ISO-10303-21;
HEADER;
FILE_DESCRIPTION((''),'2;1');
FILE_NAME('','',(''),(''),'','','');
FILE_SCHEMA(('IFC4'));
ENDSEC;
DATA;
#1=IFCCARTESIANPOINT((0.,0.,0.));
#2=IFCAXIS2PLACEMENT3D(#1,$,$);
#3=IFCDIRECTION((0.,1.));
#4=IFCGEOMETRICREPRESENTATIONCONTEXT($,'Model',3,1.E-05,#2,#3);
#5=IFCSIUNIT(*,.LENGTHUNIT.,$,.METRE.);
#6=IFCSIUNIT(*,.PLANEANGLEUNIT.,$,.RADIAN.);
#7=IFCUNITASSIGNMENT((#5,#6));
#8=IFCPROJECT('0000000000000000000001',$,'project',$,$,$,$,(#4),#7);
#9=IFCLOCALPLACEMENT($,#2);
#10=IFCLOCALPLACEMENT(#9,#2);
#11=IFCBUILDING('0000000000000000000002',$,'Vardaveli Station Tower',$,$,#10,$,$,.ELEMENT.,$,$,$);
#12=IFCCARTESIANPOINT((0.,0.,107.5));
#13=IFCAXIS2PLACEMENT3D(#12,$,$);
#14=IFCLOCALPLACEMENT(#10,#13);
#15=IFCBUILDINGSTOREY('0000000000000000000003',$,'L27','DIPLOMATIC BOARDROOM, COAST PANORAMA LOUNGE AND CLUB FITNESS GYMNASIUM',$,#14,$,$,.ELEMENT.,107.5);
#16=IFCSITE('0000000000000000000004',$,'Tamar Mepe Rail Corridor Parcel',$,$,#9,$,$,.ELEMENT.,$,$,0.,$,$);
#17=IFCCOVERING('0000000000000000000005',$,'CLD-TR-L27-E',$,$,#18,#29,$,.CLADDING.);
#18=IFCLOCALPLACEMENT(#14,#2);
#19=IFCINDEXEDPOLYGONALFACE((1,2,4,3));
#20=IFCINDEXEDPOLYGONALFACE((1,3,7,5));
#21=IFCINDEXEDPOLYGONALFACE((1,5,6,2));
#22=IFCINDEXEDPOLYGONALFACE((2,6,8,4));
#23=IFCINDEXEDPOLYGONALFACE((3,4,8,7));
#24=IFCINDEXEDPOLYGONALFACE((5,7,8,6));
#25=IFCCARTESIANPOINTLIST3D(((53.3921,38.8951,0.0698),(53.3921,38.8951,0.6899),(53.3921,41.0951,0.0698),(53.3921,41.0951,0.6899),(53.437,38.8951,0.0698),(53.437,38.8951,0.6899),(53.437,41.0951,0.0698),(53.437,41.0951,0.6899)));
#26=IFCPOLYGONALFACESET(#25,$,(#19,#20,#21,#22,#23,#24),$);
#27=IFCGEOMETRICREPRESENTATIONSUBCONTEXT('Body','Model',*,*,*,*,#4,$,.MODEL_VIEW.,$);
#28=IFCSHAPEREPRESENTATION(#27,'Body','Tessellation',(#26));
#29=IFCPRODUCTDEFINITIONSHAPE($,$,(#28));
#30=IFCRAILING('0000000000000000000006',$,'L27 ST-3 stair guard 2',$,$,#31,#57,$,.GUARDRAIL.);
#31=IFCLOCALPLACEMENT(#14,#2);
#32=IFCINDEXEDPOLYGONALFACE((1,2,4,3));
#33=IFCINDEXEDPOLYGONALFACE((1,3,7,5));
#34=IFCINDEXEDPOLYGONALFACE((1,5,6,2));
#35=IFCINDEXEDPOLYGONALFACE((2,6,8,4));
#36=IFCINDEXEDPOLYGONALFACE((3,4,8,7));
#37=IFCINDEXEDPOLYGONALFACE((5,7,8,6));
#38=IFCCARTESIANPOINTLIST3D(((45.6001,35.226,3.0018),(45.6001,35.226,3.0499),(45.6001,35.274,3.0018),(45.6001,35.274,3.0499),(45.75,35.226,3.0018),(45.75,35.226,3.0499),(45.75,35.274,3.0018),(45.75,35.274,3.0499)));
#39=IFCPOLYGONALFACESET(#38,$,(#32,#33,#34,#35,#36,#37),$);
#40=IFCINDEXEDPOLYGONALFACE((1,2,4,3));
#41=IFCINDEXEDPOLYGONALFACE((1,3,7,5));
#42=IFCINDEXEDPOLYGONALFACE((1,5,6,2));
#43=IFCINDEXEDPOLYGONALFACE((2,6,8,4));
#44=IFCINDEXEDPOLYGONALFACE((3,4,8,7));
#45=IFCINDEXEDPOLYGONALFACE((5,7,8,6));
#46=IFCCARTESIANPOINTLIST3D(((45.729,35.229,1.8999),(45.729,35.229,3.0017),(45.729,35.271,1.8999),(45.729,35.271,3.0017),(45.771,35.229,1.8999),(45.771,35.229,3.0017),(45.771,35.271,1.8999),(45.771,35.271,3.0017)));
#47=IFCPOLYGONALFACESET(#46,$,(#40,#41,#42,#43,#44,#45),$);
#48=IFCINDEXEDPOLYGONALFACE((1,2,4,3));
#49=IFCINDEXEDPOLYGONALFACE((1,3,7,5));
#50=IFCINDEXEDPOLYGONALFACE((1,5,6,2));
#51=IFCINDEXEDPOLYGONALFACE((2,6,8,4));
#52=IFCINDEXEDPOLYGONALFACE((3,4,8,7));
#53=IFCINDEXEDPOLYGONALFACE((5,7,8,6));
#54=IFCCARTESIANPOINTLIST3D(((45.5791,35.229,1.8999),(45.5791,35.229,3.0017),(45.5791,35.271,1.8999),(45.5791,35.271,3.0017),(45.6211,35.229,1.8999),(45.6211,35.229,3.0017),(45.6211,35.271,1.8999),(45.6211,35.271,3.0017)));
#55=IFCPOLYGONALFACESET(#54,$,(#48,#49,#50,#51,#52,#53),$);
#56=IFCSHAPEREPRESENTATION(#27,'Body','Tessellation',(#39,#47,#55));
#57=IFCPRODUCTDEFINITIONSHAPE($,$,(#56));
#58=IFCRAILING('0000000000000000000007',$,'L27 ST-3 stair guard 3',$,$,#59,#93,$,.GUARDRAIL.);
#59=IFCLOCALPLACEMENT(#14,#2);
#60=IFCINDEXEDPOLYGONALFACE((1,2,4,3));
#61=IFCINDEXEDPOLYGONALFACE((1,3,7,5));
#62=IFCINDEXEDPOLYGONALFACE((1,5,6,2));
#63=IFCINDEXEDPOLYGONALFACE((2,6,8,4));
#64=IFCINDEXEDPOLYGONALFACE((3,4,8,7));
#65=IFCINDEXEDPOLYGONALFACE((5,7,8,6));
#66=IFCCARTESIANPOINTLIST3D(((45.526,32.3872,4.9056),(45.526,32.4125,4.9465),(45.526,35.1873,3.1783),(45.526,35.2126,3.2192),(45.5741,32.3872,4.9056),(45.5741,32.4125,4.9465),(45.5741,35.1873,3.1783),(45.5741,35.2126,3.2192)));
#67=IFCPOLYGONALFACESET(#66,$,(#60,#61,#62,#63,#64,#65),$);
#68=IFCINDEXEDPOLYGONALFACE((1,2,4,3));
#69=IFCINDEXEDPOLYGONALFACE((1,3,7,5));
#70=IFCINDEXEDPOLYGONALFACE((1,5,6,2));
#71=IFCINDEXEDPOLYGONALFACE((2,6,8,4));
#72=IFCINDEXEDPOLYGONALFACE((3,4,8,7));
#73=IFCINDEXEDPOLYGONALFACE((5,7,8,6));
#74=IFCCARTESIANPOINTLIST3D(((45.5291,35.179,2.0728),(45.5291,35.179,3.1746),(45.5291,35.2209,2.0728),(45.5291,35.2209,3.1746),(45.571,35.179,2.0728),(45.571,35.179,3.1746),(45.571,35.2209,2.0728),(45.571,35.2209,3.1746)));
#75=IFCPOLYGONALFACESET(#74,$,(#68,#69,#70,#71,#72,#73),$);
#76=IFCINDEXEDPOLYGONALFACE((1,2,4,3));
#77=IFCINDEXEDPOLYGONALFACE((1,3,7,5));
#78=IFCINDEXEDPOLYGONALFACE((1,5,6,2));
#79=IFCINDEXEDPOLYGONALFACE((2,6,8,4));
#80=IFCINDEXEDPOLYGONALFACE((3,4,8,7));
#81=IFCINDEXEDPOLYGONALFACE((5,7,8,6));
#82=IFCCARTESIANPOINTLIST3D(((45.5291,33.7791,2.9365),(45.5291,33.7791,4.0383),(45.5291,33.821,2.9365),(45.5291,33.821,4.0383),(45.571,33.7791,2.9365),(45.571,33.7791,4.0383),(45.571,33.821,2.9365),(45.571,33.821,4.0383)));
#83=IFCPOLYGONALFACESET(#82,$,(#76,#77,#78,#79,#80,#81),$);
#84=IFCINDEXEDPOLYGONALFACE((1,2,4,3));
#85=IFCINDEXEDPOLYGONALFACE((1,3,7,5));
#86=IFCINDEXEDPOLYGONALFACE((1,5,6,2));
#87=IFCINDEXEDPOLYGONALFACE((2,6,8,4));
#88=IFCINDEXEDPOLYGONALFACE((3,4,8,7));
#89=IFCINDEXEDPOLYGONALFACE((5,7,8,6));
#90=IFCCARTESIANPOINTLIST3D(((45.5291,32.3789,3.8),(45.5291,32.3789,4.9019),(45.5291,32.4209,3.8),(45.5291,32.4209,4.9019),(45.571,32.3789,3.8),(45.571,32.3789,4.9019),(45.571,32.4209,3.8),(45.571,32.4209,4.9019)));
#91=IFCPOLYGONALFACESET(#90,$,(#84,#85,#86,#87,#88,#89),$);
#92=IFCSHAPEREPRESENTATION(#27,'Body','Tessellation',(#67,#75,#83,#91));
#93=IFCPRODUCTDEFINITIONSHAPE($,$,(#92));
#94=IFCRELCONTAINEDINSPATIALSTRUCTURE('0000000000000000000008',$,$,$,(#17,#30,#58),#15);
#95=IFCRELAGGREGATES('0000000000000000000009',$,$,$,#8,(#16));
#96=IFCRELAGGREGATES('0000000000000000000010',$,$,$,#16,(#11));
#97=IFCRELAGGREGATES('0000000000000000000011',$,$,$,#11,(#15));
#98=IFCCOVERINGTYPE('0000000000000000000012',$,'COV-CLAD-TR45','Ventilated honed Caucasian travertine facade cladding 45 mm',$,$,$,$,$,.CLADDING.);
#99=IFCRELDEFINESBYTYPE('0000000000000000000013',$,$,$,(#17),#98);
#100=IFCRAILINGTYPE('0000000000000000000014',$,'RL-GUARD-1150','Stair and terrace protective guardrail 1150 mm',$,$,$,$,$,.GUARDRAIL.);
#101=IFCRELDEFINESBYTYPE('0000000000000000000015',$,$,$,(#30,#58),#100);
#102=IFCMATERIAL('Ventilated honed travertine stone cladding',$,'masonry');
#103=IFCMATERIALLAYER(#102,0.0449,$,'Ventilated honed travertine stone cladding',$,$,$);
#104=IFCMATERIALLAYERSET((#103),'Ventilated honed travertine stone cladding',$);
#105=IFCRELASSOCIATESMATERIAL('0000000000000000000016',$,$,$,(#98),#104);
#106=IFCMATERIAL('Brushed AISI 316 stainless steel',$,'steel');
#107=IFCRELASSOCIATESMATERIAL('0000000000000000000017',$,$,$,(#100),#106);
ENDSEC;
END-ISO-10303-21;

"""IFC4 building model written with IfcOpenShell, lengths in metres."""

from ifc_helpers import new_model, si_unit, direction, frame, origin, origin_2d, place, context, subcontext, project, spatial, rectangle, extrude, source, transform, mapped, material, layer, layer_set, type_object, element, save


model = new_model("IFC4")

# Units and contexts
model_context = context("Model", 3, precision=1e-05, world=origin(), true_north=direction((0.0, 1.0)))
body_context = subcontext(model_context, "Body", "Model", "MODEL_VIEW")
ifc_project = project(units=[si_unit("LENGTHUNIT", "METRE"), si_unit("PLANEANGLEUNIT", "RADIAN")], contexts=[model_context])

# Site, building, storey
site_placement = place(None, origin())
site = spatial("IfcSite", under=ifc_project, at=site_placement, Name="Tamar Mepe Rail Corridor Parcel", CompositionType="ELEMENT", RefElevation=0.0)
building_placement = place(site_placement, origin())
building = spatial("IfcBuilding", under=site, at=building_placement, Name="Vardaveli Station Tower", CompositionType="ELEMENT")
storey_placement = place(building_placement, frame((0.0, 0.0, 107.5)))
storey = spatial("IfcBuildingStorey", under=building, at=storey_placement, Name="L27", Description="DIPLOMATIC BOARDROOM, COAST PANORAMA LOUNGE AND CLUB FITNESS GYMNASIUM", CompositionType="ELEMENT", Elevation=107.5)

# Covering
ifc_material_1 = material(Name="Ventilated honed travertine stone cladding", Category="masonry")
ifc_layer_1 = layer(ifc_material_1, 0.0449, Name="Ventilated honed travertine stone cladding")
ifc_layer_set_1 = layer_set([ifc_layer_1], Name="Ventilated honed travertine stone cladding")
covering_type = type_object("IfcCoveringType", Name="COV-CLAD-TR45", Description="Ventilated honed Caucasian travertine facade cladding 45 mm", PredefinedType="CLADDING", material=ifc_layer_set_1)
shared_shape_1 = source(origin(), body_context, "Body", "SweptSolid", [
    extrude(rectangle(XDim=2.2, YDim=0.0449, at=origin_2d()), origin(), (0.0, 0.0, 1.0), 0.6201),
])
covering_placement = place(storey_placement, frame((53.4146, 39.9951, 0.0698), z_axis=(0.0, 0.0, 1.0), x_axis=(0.0, 1.0, 0.0)))
element("IfcCovering", 1, at=covering_placement, inside=storey, type_object=covering_type, Name="CLD-TR-L27-E", PredefinedType="CLADDING", context=body_context, shape_type="MappedRepresentation", body=[
    mapped(shared_shape_1, transform((0.0, 0.0, 0.0), scale=1.0)),
])

# Railings
ifc_material_2 = material(Name="Brushed AISI 316 stainless steel", Category="steel")
railing_type = type_object("IfcRailingType", Name="RL-GUARD-1150", Description="Stair and terrace protective guardrail 1150 mm", PredefinedType="GUARDRAIL", material=ifc_material_2)
shared_shape_2 = source(origin(), body_context, "Body", "SweptSolid", [
    extrude(rectangle(XDim=0.0481, YDim=0.0481, at=origin_2d()), frame((0.0, 0.0, 1.126), z_axis=(-1.0, 0.0, 0.0), x_axis=(0.0, -1.0, 0.0)), (0.0, 0.0, 1.0), 0.1499),
    extrude(rectangle(XDim=0.042, YDim=0.042, at=origin_2d()), origin(), (0.0, 0.0, 1.0), 1.1018),
    extrude(rectangle(XDim=0.042, YDim=0.042, at=origin_2d()), frame((-0.1499, 0.0, 0.0)), (0.0, 0.0, 1.0), 1.1018),
])
railing_1_placement = place(storey_placement, frame((45.75, 35.25, 1.8999)))
element("IfcRailing", 2, at=railing_1_placement, inside=storey, type_object=railing_type, Name="L27 ST-3 stair guard 2", PredefinedType="GUARDRAIL", context=body_context, shape_type="MappedRepresentation", body=[
    mapped(shared_shape_2, transform((0.0, 0.0, 0.0), scale=1.0)),
])
shared_shape_3 = source(origin(), body_context, "Body", "SweptSolid", [
    extrude(rectangle(XDim=0.0481, YDim=0.0481, at=origin_2d()), frame((0.0, 0.0, 1.126), z_axis=(0.0, -0.85109, 0.52502), x_axis=(1.0, 0.0, 0.0)), (0.0, 0.0, 1.0), 3.29),
    extrude(rectangle(XDim=0.042, YDim=0.042, at=origin_2d()), origin(), (0.0, 0.0, 1.0), 1.1018),
    extrude(rectangle(XDim=0.042, YDim=0.042, at=origin_2d()), frame((0.0, -1.3999, 0.8638)), (0.0, 0.0, 1.0), 1.1018),
    extrude(rectangle(XDim=0.042, YDim=0.042, at=origin_2d()), frame((0.0, -2.8, 1.7273)), (0.0, 0.0, 1.0), 1.1018),
])
railing_2_placement = place(storey_placement, frame((45.55, 35.2, 2.0728)))
element("IfcRailing", 3, at=railing_2_placement, inside=storey, type_object=railing_type, Name="L27 ST-3 stair guard 3", PredefinedType="GUARDRAIL", context=body_context, shape_type="MappedRepresentation", body=[
    mapped(shared_shape_3, transform((0.0, 0.0, 0.0), scale=1.0)),
])

save(model, "model.ifc")
